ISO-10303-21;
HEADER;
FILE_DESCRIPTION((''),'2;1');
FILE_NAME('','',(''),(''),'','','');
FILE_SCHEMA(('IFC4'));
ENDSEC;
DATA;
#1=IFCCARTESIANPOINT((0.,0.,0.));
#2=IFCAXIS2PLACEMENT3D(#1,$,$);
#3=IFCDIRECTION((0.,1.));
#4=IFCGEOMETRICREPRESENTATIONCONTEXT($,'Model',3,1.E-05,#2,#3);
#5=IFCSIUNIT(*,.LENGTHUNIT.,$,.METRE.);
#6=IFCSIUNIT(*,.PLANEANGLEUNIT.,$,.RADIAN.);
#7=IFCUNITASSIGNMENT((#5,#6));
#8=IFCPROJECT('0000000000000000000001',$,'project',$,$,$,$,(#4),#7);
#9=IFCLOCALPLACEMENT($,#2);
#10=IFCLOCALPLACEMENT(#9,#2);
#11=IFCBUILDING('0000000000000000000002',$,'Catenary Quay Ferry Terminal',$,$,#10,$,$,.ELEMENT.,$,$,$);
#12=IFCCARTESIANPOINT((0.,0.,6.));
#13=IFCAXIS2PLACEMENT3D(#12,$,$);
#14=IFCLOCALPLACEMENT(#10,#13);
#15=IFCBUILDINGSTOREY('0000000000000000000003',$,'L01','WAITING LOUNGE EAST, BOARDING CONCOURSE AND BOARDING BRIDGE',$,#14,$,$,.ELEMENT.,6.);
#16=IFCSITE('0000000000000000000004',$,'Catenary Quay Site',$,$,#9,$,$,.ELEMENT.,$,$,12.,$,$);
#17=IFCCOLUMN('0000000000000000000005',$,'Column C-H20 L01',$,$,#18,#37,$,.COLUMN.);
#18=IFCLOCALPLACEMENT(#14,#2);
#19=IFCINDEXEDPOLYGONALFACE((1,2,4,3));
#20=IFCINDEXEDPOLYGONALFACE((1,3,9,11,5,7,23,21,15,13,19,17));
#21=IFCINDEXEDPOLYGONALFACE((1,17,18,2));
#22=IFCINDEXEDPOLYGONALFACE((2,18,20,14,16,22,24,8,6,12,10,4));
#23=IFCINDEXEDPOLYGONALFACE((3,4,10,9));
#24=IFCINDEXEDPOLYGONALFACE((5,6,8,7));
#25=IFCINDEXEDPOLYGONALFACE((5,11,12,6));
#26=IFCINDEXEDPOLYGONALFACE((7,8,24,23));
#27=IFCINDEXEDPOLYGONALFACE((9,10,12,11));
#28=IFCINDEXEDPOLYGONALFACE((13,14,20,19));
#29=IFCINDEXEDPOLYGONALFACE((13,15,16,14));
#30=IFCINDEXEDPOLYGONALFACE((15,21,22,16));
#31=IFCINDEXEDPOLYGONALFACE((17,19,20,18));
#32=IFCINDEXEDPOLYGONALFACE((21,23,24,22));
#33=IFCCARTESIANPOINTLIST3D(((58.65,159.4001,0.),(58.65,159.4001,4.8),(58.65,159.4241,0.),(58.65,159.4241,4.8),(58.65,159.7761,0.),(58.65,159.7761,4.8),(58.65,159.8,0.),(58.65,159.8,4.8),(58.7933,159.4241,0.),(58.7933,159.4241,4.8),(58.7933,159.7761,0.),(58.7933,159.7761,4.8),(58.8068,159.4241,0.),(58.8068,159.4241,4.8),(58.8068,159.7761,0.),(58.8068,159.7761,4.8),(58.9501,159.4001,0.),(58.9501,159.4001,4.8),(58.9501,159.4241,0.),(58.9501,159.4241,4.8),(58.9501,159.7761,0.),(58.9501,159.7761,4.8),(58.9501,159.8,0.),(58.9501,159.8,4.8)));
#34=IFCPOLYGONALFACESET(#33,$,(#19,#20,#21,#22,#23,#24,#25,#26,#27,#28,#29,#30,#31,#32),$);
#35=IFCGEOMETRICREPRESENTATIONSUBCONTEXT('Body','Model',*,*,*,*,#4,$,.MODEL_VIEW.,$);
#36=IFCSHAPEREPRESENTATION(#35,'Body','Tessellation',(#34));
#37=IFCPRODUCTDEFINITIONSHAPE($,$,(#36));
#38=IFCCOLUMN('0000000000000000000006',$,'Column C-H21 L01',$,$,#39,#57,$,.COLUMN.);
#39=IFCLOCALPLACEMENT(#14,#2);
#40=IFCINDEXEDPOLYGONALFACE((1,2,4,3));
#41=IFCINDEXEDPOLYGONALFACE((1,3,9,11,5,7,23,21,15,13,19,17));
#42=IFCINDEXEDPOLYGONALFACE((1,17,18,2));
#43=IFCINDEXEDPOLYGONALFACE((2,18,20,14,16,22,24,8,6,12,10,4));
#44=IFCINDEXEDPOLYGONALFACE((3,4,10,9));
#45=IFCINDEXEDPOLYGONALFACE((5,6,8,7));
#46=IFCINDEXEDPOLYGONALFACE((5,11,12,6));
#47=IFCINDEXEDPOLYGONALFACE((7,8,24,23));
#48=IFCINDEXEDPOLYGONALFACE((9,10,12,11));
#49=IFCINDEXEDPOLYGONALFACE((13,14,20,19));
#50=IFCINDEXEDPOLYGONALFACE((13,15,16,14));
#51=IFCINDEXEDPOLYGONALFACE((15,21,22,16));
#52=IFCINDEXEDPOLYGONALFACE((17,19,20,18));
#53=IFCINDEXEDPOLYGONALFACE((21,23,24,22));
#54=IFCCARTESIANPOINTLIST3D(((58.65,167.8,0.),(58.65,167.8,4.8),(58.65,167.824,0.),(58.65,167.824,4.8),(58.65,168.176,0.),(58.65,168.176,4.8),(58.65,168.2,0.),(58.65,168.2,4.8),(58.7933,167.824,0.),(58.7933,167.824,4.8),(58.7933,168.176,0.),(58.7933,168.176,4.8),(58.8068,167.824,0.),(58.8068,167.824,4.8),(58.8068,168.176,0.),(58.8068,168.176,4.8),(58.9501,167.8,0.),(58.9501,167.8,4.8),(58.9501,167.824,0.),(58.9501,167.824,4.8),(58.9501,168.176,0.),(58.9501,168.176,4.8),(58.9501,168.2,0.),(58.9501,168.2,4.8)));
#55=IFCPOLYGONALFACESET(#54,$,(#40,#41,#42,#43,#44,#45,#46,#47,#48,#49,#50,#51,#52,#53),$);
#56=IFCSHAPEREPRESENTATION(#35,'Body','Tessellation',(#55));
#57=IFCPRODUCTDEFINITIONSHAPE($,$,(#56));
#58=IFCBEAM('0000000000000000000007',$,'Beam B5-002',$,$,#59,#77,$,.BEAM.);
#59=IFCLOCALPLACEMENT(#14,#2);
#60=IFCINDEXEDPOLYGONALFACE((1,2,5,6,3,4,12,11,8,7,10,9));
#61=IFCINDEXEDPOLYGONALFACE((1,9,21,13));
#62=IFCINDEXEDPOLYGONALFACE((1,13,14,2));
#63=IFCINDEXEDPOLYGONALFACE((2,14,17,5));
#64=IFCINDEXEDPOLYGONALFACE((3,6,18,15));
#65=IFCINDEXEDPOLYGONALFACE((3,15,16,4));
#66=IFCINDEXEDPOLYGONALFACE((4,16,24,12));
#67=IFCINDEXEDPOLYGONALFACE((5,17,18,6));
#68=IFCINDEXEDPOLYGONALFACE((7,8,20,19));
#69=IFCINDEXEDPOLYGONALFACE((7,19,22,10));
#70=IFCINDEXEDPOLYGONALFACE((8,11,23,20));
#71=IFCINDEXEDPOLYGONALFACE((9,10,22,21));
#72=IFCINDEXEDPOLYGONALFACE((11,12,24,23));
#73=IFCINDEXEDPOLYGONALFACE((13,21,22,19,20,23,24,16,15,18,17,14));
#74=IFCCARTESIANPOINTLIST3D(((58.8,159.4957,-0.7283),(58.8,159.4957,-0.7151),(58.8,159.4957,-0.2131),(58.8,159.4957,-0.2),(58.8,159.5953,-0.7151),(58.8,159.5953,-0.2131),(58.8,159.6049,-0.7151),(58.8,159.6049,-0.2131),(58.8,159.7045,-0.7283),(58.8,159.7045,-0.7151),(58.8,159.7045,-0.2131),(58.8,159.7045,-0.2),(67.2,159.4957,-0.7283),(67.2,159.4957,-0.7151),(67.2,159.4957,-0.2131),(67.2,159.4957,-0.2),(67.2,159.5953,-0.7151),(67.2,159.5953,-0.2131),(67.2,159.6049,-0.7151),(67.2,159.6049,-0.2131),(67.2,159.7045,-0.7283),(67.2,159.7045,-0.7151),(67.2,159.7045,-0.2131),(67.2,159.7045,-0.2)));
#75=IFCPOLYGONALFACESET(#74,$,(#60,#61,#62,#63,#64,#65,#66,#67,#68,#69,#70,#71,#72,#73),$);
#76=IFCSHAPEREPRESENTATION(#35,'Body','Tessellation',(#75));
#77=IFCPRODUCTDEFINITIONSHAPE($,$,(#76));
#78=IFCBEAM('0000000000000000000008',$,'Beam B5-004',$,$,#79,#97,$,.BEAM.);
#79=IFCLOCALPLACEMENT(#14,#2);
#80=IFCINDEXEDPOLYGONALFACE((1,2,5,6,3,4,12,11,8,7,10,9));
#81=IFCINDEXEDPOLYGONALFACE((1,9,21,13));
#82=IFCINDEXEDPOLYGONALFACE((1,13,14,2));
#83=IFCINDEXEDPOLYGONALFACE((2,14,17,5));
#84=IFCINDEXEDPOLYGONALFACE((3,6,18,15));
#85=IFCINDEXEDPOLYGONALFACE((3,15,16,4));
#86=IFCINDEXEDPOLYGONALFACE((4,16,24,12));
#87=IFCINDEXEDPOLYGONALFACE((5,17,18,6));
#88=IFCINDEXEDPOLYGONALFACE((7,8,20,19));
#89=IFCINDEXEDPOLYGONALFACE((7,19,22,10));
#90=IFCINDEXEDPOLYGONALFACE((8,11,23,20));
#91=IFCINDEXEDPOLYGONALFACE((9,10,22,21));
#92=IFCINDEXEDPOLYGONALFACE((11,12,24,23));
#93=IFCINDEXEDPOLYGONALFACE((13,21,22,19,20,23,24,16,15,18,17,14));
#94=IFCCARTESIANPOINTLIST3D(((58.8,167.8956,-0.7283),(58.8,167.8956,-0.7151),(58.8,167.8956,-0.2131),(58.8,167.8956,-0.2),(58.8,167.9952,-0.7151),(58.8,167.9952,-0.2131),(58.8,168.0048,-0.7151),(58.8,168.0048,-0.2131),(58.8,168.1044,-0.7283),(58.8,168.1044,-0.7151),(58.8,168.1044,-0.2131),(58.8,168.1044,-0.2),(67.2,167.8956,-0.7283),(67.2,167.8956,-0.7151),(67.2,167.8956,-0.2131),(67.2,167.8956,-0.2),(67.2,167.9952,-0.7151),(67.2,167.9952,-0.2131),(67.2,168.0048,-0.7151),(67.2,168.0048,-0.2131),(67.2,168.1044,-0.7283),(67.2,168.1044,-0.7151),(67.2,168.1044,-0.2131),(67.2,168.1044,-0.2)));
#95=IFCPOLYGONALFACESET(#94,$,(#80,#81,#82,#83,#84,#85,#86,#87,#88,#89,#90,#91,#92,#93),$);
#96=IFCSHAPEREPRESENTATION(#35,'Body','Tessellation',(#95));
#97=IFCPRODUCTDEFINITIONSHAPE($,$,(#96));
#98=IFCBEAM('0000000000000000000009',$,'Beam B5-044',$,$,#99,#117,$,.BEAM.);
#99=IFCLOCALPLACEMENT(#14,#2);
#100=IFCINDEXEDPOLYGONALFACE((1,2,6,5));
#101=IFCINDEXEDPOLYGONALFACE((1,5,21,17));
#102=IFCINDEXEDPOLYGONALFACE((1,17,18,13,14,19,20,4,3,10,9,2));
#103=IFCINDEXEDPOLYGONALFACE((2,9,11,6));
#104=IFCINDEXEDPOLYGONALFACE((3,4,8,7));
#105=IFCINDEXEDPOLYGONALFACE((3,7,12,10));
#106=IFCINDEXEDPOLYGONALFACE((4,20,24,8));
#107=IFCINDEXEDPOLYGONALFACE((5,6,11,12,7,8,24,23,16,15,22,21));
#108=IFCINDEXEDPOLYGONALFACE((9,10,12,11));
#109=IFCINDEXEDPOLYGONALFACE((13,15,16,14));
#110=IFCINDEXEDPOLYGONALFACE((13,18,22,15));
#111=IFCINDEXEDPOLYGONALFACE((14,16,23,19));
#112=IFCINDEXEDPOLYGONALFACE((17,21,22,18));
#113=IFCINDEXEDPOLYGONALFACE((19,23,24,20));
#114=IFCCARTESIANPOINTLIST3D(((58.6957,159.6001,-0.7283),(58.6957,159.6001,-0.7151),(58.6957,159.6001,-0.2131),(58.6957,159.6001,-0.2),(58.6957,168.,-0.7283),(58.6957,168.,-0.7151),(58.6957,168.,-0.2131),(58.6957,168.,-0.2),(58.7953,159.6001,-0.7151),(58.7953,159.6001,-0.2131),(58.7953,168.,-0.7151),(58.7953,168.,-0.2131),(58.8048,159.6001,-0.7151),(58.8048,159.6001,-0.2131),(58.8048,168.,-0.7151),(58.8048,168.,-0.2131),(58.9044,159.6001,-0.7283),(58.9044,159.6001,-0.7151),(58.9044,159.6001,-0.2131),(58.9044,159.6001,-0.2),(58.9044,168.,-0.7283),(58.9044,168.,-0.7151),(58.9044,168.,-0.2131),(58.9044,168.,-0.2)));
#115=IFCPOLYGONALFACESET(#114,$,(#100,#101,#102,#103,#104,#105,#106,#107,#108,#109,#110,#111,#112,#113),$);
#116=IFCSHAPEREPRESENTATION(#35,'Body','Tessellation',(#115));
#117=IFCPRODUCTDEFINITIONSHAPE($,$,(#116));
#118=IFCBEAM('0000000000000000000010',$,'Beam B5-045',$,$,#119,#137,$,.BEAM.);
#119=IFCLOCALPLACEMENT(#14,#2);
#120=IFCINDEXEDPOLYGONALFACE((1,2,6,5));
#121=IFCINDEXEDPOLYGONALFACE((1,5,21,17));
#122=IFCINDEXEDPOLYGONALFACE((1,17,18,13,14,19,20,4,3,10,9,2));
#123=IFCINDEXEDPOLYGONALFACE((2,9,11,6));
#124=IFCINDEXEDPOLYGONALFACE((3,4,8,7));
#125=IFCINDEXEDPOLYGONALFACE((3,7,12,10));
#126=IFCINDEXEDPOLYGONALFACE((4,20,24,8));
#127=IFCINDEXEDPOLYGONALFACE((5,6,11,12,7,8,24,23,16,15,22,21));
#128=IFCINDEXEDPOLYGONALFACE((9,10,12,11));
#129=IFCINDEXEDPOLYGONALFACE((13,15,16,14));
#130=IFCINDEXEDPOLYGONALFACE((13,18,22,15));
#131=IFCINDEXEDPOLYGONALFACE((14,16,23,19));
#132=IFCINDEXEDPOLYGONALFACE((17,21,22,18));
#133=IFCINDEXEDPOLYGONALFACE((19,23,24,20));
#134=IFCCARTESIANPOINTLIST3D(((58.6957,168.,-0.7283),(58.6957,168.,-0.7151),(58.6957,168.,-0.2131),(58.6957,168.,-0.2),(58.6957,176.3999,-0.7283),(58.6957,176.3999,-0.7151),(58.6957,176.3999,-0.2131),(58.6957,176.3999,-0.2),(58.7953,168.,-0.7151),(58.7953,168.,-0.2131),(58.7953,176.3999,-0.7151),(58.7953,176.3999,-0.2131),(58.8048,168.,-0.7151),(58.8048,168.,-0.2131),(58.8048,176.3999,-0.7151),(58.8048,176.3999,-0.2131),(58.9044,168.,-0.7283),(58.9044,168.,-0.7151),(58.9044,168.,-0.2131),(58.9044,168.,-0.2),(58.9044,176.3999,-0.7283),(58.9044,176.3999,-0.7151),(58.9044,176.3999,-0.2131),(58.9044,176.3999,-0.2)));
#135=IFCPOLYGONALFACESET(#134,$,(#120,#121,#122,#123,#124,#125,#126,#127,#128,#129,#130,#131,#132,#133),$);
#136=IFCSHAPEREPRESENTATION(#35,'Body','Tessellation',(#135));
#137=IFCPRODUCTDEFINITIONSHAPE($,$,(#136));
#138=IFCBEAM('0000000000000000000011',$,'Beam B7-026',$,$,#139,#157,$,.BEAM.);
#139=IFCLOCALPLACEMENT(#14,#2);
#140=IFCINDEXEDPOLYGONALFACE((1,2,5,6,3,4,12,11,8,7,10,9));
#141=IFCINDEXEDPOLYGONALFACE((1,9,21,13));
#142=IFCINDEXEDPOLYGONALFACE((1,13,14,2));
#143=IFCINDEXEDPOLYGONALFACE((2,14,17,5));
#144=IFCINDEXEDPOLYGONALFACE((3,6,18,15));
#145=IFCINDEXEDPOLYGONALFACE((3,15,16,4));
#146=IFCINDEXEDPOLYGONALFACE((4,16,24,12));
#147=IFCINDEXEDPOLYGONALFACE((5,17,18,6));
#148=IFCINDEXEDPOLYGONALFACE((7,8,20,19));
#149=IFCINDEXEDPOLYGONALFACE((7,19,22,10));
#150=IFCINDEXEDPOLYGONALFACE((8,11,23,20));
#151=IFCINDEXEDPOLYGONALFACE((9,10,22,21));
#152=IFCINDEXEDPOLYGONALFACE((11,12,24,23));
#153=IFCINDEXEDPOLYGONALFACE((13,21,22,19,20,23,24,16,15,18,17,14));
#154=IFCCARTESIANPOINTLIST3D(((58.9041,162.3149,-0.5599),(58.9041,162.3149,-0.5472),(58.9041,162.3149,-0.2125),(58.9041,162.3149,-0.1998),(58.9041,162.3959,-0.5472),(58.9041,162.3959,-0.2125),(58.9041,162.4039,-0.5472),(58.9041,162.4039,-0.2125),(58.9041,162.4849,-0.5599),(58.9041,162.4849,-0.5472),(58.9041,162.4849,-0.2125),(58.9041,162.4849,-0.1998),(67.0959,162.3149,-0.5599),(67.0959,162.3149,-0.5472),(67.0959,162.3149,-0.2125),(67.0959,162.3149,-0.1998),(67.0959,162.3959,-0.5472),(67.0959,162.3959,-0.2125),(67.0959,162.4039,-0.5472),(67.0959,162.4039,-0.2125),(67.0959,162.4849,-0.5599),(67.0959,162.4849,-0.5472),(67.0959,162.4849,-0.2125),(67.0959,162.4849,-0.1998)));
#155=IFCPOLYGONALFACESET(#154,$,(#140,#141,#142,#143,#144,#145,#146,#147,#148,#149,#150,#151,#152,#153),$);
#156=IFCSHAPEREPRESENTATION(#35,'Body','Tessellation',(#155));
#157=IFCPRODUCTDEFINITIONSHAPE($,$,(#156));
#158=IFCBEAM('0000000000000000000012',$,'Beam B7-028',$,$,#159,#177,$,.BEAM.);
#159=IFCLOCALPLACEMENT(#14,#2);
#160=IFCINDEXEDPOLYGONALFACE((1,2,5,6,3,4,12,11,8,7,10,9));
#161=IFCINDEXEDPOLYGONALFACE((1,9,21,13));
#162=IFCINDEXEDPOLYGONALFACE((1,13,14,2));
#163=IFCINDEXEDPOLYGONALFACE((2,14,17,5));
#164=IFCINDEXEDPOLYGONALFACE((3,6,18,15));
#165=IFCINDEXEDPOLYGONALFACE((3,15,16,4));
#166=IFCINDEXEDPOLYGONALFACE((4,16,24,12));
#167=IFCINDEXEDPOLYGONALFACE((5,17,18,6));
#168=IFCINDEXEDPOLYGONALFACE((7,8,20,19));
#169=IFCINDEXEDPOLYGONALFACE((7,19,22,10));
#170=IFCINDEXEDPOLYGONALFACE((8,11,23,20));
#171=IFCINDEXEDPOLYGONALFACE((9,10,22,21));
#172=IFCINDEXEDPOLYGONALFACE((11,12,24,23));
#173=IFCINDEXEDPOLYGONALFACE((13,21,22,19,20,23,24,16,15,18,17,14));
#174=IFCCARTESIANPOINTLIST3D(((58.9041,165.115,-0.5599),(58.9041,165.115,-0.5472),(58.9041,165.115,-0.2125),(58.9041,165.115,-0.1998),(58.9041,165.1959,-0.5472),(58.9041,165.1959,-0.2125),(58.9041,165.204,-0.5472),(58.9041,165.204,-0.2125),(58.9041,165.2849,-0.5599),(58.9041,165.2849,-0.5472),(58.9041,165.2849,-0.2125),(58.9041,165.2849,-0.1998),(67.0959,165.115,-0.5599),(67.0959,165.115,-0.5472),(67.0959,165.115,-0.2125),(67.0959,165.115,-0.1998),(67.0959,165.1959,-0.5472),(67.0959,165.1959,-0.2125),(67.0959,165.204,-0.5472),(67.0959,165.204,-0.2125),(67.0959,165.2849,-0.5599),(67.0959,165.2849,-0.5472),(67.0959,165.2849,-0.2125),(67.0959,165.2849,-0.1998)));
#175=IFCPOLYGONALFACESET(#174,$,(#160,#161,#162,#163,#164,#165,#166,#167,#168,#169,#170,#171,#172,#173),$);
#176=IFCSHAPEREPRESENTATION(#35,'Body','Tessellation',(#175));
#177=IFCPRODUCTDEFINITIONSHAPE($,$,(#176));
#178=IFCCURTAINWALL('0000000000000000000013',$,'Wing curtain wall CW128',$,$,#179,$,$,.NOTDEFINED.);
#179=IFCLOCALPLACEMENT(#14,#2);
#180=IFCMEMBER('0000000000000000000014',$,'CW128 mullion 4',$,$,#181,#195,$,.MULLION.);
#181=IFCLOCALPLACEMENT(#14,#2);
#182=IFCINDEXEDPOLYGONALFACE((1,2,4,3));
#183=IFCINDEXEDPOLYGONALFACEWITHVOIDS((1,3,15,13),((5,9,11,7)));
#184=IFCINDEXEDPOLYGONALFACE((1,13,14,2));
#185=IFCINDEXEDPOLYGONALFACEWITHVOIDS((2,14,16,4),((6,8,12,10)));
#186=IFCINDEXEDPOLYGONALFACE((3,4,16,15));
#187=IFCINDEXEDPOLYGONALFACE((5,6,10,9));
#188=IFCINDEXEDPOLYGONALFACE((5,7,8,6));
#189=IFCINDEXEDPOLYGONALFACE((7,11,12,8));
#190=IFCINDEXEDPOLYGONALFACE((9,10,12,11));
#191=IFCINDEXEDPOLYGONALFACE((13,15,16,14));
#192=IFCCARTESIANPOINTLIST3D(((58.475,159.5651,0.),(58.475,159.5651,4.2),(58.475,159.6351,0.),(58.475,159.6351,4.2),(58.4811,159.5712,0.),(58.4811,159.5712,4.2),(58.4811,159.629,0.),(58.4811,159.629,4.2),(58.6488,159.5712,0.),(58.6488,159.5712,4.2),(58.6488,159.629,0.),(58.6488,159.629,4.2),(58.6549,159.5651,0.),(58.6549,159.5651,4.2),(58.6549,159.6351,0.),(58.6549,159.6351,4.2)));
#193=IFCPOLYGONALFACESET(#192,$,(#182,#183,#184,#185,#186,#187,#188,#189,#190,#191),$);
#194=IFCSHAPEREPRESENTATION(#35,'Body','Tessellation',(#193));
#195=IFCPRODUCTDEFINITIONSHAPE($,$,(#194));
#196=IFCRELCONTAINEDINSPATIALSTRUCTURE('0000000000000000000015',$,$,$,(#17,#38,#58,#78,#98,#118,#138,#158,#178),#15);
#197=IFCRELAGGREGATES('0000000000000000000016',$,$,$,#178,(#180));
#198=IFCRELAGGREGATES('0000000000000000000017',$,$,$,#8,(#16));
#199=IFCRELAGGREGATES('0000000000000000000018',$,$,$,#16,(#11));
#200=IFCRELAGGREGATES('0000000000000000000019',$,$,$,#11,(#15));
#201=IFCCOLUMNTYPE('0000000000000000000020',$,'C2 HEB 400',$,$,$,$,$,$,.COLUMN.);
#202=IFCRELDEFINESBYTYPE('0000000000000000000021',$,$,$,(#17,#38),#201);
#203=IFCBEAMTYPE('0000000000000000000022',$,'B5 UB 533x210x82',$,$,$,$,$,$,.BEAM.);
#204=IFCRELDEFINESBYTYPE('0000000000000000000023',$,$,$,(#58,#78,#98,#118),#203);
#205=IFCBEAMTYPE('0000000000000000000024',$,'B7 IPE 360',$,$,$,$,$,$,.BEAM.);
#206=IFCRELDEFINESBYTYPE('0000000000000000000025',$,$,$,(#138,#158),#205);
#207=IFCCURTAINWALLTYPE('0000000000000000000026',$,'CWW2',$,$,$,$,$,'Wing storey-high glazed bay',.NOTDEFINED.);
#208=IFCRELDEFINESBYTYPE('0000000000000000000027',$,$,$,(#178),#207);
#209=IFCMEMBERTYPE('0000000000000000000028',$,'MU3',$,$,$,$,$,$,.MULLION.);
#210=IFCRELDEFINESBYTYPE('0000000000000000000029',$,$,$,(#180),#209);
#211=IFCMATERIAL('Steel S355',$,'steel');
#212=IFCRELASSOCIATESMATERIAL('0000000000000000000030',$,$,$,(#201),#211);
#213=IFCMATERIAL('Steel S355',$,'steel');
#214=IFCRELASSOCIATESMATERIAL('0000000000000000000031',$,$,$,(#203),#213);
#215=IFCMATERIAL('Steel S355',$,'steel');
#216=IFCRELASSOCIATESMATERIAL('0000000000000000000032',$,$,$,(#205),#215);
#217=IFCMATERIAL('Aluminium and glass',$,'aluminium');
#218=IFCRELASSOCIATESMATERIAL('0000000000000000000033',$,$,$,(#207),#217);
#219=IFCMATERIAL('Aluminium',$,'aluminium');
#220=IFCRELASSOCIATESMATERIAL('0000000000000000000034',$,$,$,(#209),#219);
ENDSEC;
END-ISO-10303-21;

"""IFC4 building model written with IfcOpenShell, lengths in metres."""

from ifc_helpers import new_model, si_unit, direction, frame, origin, origin_2d, place, context, subcontext, project, spatial, hollow_rectangle, i_section, extrude, material, material_profile, profile_set, type_object, element, aggregate, save


model = new_model("IFC4")

# Units and contexts
model_context = context("Model", 3, precision=1e-05, world=origin(), true_north=direction((0.0, 1.0)))
body_context = subcontext(model_context, "Body", "Model", "MODEL_VIEW")
ifc_project = project(units=[si_unit("LENGTHUNIT", "METRE"), si_unit("PLANEANGLEUNIT", "RADIAN")], contexts=[model_context])

# Site, building, storey
site_placement = place(None, origin())
site = spatial("IfcSite", under=ifc_project, at=site_placement, Name="Catenary Quay Site", CompositionType="ELEMENT", RefElevation=12.0)
building_placement = place(site_placement, origin())
building = spatial("IfcBuilding", under=site, at=building_placement, Name="Catenary Quay Ferry Terminal", CompositionType="ELEMENT")
storey_placement = place(building_placement, frame((0.0, 0.0, 6.0)))
storey = spatial("IfcBuildingStorey", under=building, at=storey_placement, Name="L01", Description="WAITING LOUNGE EAST, BOARDING CONCOURSE AND BOARDING BRIDGE", CompositionType="ELEMENT", Elevation=6.0)

# Columns
ifc_material_1 = material(Name="Steel S355", Category="steel")
ifc_material_profile_1 = material_profile(ifc_material_1, i_section(OverallWidth=0.3, OverallDepth=0.3999, WebThickness=0.0134, FlangeThickness=0.0239, at=origin_2d()), Name="HEB 400")
ifc_profile_set_1 = profile_set([ifc_material_profile_1], Name="Steel S355")
column_type = type_object("IfcColumnType", Name="C2 HEB 400", PredefinedType="COLUMN", material=ifc_profile_set_1)
for number, where, z_axis, x_axis, name in (
    (1, (58.8, 159.6001, 0.0), (0.0, 0.0, 1.0), (1.0, 0.0, 0.0), "Column C-H20 L01"),
    (2, (58.8, 168.0, 0.0), (0.0, 0.0, 1.0), (1.0, 0.0, 0.0), "Column C-H21 L01"),
):
    element("IfcColumn", number, at=place(storey_placement, frame(where, z_axis=z_axis, x_axis=x_axis)), inside=storey, type_object=column_type, Name=name, PredefinedType="COLUMN", context=body_context, shape_type="SweptSolid", body=[
        extrude(i_section(OverallWidth=0.3, OverallDepth=0.3999, WebThickness=0.0134, FlangeThickness=0.0239, at=origin_2d()), origin(), (0.0, 0.0, 1.0), 4.8),
    ])

# Beams
ifc_material_2 = material(Name="Steel S355", Category="steel")
ifc_material_profile_2 = material_profile(ifc_material_2, i_section(OverallWidth=0.2087, OverallDepth=0.5283, WebThickness=0.0095, FlangeThickness=0.0132, at=origin_2d()), Name="UB 533x210x82")
ifc_profile_set_2 = profile_set([ifc_material_profile_2], Name="Steel S355")
beam_type_1 = type_object("IfcBeamType", Name="B5 UB 533x210x82", PredefinedType="BEAM", material=ifc_profile_set_2)
for number, where, z_axis, x_axis, name in (
    (3, (58.8, 159.6001, -0.4641), (1.0, 0.0, 0.0), (0.0, 1.0, 0.0), "Beam B5-002"),
    (4, (58.8, 168.0, -0.4641), (1.0, 0.0, 0.0), (0.0, 1.0, 0.0), "Beam B5-004"),
    (5, (58.8, 159.6001, -0.4641), (0.0, 1.0, 0.0), (-1.0, 0.0, 0.0), "Beam B5-044"),
    (6, (58.8, 168.0, -0.4641), (0.0, 1.0, 0.0), (-1.0, 0.0, 0.0), "Beam B5-045"),
):
    element("IfcBeam", number, at=place(storey_placement, frame(where, z_axis=z_axis, x_axis=x_axis)), inside=storey, type_object=beam_type_1, Name=name, PredefinedType="BEAM", context=body_context, shape_type="SweptSolid", body=[
        extrude(i_section(OverallWidth=0.2087, OverallDepth=0.5283, WebThickness=0.0095, FlangeThickness=0.0132, at=origin_2d()), origin(), (0.0, 0.0, 1.0), 8.3999),
    ])
ifc_material_3 = material(Name="Steel S355", Category="steel")
ifc_material_profile_3 = material_profile(ifc_material_3, i_section(OverallWidth=0.1699, OverallDepth=0.3601, WebThickness=0.0081, FlangeThickness=0.0127, at=origin_2d()), Name="IPE 360")
ifc_profile_set_3 = profile_set([ifc_material_profile_3], Name="Steel S355")
beam_type_2 = type_object("IfcBeamType", Name="B7 IPE 360", PredefinedType="BEAM", material=ifc_profile_set_3)
for number, where, z_axis, x_axis, name in (
    (7, (58.9041, 162.3999, -0.3799), (1.0, 0.0, 0.0), (0.0, 1.0, 0.0), "Beam B7-026"),
    (8, (58.9041, 165.2, -0.3799), (1.0, 0.0, 0.0), (0.0, 1.0, 0.0), "Beam B7-028"),
):
    element("IfcBeam", number, at=place(storey_placement, frame(where, z_axis=z_axis, x_axis=x_axis)), inside=storey, type_object=beam_type_2, Name=name, PredefinedType="BEAM", context=body_context, shape_type="SweptSolid", body=[
        extrude(i_section(OverallWidth=0.1699, OverallDepth=0.3601, WebThickness=0.0081, FlangeThickness=0.0127, at=origin_2d()), origin(), (0.0, 0.0, 1.0), 8.1919),
    ])

# Curtain wall, member
ifc_material_4 = material(Name="Aluminium and glass", Category="aluminium")
curtain_wall_type = type_object("IfcCurtainWallType", Name="CWW2", ElementType="Wing storey-high glazed bay", PredefinedType="NOTDEFINED", material=ifc_material_4)
curtain_wall_1_placement = place(storey_placement, origin())
curtain_wall_1 = element("IfcCurtainWall", 9, at=curtain_wall_1_placement, inside=storey, type_object=curtain_wall_type, Name="Wing curtain wall CW128", PredefinedType="NOTDEFINED")
ifc_material_5 = material(Name="Aluminium", Category="aluminium")
ifc_material_profile_4 = material_profile(ifc_material_5, hollow_rectangle(XDim=0.0701, YDim=0.1799, WallThickness=0.0061, at=origin_2d()), Name="MU3")
ifc_profile_set_4 = profile_set([ifc_material_profile_4], Name="Aluminium")
member_type_1 = type_object("IfcMemberType", Name="MU3", PredefinedType="MULLION", material=ifc_profile_set_4)
member_1_placement = place(storey_placement, frame((58.5649, 159.6001, 0.0), z_axis=(0.0, 0.0, 1.0), x_axis=(0.0, 1.0, 0.0)))
member_1 = element("IfcMember", 10, at=member_1_placement, type_object=member_type_1, Name="CW128 mullion 4", PredefinedType="MULLION", context=body_context, shape_type="SweptSolid", body=[
    extrude(hollow_rectangle(XDim=0.0701, YDim=0.1799, WallThickness=0.0061, at=origin_2d()), origin(), (0.0, 0.0, 1.0), 4.2),
])

aggregate(curtain_wall_1, [member_1])

save(model, "model.ifc")
